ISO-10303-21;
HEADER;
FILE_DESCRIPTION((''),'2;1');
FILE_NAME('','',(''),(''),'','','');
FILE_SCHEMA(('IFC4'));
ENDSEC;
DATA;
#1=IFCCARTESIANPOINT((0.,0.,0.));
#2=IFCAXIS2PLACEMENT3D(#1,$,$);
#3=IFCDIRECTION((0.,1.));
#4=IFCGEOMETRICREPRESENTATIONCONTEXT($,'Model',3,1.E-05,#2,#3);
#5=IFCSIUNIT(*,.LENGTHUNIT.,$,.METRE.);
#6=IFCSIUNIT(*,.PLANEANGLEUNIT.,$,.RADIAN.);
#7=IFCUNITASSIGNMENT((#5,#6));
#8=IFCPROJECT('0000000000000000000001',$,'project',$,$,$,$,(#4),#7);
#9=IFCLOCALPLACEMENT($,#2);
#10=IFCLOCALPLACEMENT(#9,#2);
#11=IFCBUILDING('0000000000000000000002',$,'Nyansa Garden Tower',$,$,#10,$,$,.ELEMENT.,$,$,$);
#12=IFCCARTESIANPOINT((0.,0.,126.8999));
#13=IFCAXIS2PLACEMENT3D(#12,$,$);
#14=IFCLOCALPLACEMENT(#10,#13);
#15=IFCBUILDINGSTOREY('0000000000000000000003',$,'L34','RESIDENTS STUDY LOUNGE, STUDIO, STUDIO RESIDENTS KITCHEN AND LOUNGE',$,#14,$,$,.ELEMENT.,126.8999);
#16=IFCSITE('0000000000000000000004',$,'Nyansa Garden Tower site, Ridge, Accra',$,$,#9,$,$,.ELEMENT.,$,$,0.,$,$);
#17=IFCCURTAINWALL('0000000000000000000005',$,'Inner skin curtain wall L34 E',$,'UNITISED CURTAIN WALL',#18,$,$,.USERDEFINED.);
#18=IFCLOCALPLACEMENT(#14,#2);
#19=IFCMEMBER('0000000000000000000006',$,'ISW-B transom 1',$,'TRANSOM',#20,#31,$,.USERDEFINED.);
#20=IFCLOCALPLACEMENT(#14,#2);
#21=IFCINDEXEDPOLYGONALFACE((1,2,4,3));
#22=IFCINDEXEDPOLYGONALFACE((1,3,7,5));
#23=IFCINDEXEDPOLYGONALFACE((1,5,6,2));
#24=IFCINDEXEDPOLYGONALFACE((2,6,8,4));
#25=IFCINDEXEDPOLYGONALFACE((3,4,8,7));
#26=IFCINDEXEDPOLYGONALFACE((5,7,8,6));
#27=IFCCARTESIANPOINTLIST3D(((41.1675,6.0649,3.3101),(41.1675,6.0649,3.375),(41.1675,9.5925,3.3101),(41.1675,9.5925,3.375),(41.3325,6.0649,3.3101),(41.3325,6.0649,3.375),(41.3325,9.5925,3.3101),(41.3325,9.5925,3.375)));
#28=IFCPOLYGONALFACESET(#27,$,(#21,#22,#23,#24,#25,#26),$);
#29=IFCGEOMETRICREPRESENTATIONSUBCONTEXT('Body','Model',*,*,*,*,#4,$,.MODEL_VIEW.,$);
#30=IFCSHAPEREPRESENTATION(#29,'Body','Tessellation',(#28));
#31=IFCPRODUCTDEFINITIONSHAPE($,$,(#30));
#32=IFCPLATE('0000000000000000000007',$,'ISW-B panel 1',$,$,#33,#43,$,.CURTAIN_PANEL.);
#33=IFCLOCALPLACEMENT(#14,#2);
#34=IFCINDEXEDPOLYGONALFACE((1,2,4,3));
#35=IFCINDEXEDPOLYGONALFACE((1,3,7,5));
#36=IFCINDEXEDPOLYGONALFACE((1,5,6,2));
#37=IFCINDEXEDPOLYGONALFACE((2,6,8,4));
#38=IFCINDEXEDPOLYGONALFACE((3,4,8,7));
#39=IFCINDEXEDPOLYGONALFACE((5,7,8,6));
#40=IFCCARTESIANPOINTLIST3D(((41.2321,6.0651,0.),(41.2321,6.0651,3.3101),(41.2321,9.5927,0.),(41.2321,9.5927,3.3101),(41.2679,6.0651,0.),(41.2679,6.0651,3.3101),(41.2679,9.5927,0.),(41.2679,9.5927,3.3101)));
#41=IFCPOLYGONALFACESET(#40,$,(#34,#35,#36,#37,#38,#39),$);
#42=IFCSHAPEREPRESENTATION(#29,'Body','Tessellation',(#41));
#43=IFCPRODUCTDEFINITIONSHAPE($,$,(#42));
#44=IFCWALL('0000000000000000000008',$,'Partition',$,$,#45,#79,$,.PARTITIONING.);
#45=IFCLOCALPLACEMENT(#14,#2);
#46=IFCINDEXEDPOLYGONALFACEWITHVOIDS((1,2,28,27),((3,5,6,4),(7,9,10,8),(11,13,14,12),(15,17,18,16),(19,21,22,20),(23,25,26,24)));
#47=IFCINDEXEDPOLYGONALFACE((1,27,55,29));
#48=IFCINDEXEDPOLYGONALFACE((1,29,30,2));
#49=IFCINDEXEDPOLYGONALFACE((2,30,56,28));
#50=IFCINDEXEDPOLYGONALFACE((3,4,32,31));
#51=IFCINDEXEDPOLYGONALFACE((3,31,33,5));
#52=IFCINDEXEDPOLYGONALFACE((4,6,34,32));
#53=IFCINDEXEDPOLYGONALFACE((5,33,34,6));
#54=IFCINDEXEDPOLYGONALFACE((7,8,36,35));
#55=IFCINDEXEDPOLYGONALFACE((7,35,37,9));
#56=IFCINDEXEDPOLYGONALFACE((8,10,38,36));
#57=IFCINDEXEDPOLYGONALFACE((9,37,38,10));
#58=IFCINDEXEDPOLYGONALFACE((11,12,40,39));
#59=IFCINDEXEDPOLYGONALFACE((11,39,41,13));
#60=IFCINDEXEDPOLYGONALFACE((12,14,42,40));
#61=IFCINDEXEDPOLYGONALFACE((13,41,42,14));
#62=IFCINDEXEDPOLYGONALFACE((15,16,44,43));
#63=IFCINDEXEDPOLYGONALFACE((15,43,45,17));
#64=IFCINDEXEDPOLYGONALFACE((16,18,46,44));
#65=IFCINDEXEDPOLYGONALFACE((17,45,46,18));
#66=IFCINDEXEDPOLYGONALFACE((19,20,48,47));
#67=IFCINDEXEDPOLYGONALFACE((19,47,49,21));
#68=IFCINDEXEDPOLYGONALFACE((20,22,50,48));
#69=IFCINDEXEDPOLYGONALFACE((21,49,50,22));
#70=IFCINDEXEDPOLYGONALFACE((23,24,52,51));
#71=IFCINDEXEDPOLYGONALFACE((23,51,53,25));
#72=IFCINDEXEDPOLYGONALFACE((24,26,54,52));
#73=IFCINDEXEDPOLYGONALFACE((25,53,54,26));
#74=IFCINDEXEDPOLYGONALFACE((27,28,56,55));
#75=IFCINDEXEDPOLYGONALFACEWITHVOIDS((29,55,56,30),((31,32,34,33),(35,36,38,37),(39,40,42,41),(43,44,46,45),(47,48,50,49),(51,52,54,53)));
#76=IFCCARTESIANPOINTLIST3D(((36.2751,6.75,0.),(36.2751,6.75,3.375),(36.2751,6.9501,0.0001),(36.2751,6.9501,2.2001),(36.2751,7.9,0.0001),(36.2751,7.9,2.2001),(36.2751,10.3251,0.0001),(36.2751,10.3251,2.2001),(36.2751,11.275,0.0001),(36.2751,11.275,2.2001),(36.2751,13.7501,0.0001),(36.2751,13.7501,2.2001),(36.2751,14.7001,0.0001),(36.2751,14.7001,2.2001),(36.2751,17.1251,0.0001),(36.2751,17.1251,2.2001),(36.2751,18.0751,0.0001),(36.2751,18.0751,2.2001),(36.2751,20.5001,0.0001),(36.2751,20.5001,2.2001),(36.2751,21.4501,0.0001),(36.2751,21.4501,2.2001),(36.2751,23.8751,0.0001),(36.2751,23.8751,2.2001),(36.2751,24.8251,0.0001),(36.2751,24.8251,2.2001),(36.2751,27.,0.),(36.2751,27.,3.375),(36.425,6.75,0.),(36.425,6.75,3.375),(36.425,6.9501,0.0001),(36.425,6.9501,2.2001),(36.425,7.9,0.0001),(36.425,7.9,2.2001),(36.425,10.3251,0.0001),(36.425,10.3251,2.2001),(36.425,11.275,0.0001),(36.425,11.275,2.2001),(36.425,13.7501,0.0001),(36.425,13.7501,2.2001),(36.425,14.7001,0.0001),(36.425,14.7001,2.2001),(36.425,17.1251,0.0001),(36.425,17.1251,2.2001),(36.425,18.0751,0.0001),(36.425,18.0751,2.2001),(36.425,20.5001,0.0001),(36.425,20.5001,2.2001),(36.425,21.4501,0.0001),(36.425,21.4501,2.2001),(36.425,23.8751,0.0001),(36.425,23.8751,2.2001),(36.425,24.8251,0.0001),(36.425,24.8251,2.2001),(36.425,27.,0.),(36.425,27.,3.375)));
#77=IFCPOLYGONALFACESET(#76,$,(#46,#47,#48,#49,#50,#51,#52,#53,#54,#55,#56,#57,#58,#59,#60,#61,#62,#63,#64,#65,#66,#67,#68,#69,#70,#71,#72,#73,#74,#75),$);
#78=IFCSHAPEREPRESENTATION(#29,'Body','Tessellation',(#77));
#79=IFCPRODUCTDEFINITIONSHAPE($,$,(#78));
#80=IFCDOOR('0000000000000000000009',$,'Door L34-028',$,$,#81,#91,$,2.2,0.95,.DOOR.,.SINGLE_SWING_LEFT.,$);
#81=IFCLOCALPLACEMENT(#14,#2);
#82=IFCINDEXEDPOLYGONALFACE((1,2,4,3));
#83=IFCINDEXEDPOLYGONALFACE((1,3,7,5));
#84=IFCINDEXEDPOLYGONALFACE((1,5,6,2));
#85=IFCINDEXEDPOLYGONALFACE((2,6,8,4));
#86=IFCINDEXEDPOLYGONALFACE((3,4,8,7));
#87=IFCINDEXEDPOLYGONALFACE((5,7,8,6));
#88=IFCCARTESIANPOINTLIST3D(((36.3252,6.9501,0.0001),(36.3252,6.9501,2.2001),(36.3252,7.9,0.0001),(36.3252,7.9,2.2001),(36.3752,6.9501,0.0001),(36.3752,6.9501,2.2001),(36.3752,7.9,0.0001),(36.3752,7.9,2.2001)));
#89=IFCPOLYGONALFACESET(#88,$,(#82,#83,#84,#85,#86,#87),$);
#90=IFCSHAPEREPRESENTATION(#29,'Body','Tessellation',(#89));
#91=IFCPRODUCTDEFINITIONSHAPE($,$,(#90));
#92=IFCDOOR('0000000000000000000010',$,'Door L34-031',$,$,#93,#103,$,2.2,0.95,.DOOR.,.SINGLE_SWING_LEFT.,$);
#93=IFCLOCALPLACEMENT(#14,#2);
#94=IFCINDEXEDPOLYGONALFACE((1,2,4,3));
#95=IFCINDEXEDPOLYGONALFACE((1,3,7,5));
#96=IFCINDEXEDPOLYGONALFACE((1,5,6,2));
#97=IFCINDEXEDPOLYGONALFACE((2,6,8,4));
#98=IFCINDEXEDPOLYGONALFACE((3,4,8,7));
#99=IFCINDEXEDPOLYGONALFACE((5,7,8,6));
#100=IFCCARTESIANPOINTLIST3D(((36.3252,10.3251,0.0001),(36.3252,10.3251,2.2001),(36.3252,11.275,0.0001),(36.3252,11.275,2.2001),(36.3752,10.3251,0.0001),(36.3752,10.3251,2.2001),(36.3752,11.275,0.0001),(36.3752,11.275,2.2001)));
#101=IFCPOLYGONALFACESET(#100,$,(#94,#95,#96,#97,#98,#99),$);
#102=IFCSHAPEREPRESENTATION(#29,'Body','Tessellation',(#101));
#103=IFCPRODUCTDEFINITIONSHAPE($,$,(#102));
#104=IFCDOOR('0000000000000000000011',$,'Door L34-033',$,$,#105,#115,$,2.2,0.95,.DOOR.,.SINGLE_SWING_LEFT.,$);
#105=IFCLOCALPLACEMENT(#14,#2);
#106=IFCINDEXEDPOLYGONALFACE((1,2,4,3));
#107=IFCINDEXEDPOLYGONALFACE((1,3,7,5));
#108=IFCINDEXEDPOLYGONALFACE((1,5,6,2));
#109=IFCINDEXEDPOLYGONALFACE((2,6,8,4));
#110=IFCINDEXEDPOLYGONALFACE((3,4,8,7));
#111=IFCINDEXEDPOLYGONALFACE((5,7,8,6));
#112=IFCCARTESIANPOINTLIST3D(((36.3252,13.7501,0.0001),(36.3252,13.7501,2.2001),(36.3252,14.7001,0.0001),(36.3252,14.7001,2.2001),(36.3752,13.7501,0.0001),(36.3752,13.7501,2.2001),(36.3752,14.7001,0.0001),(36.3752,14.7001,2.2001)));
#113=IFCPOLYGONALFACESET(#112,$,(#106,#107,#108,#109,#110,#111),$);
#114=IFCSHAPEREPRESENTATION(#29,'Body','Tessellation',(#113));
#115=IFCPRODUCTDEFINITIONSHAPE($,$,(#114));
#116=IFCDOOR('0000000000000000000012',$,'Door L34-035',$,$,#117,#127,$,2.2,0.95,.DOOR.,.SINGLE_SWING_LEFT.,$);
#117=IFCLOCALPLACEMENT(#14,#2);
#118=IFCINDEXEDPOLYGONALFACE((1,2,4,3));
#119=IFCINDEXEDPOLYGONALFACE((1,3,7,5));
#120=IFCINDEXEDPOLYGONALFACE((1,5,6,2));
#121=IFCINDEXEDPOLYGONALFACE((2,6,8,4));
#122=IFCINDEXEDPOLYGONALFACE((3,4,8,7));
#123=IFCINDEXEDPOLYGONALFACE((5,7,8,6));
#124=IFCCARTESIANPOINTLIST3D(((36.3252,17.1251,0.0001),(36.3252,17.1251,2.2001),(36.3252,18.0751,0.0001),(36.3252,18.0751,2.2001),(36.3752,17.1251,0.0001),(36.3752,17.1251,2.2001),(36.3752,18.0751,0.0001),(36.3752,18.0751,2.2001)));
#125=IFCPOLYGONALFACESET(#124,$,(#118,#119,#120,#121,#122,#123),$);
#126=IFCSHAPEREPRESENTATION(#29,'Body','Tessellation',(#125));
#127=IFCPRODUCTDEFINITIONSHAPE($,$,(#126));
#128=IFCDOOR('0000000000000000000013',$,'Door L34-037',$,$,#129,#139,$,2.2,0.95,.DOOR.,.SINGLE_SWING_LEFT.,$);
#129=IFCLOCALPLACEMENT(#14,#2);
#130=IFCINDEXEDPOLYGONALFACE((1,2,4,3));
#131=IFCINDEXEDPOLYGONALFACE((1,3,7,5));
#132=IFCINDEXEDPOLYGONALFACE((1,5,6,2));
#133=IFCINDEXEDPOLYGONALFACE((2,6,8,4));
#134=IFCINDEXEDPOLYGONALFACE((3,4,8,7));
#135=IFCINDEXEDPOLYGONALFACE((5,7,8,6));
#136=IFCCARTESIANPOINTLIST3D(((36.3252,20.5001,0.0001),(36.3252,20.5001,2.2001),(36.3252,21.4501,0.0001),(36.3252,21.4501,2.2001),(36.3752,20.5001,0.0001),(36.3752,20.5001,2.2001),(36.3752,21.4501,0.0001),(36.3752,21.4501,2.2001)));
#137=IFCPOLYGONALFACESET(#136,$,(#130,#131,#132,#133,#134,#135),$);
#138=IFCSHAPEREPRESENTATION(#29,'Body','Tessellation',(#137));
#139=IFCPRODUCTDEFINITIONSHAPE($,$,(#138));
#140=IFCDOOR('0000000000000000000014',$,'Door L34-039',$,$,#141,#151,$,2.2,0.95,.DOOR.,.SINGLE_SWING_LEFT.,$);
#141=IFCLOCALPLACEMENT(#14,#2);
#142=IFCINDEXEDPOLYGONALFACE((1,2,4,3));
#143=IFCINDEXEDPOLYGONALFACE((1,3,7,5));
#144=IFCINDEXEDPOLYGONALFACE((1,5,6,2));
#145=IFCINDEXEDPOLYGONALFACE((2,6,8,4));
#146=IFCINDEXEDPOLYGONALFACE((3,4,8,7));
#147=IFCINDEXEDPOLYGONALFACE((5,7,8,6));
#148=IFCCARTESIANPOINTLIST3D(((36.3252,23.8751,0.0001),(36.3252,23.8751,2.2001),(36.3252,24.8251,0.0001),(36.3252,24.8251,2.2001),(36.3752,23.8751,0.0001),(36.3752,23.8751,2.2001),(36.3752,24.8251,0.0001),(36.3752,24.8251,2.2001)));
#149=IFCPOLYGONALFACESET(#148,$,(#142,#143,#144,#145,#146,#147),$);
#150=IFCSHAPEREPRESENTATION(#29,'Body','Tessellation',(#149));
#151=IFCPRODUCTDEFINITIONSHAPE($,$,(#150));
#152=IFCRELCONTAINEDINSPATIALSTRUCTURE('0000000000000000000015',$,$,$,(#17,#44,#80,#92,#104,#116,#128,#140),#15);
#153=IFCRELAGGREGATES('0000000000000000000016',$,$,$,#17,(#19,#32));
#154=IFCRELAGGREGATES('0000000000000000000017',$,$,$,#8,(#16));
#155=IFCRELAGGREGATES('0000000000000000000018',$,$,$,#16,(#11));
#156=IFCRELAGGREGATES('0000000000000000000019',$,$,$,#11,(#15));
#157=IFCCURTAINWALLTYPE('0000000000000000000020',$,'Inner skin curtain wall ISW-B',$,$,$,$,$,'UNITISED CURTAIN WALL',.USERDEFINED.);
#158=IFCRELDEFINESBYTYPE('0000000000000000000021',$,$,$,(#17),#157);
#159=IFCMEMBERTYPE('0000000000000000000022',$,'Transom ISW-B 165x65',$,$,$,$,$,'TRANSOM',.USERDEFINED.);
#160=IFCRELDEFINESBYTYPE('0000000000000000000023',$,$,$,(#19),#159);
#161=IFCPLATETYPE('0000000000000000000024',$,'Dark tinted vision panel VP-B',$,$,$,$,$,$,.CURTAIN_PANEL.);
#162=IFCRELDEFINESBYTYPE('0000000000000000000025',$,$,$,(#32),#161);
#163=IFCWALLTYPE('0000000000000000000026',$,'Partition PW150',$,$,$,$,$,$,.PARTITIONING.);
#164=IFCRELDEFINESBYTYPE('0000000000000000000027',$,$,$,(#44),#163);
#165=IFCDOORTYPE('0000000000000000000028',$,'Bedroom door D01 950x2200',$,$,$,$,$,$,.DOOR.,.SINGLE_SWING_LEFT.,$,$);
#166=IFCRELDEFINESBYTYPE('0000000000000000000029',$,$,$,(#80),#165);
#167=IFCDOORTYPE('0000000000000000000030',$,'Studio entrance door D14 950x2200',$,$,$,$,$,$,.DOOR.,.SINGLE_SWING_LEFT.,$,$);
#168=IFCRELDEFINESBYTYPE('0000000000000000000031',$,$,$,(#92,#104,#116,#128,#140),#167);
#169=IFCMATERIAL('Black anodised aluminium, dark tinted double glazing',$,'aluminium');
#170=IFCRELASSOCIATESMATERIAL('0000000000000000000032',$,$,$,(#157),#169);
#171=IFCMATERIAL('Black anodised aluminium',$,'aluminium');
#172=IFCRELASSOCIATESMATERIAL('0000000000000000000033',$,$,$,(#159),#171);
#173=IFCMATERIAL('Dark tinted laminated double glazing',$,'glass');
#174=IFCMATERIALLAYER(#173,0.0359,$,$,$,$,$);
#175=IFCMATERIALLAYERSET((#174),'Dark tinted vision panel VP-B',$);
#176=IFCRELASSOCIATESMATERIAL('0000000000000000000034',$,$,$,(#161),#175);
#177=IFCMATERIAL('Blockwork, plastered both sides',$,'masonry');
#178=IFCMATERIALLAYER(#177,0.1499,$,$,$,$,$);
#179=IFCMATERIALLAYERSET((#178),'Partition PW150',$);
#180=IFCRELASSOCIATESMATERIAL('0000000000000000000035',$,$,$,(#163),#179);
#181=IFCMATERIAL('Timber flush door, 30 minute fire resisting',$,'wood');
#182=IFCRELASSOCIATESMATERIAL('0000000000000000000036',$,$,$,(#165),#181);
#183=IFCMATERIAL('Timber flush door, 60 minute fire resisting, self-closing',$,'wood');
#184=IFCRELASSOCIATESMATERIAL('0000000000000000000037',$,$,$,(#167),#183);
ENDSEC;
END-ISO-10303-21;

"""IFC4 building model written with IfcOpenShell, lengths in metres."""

from ifc_helpers import new_model, si_unit, direction, frame, frame_2d, origin, origin_2d, place, context, subcontext, project, spatial, rectangle, extrude, material, layer, layer_set, material_profile, profile_set, type_object, element, fill, aggregate, save


model = new_model("IFC4")

# Units and contexts
model_context = context("Model", 3, precision=1e-05, world=origin(), true_north=direction((0.0, 1.0)))
body_context = subcontext(model_context, "Body", "Model", "MODEL_VIEW")
ifc_project = project(units=[si_unit("LENGTHUNIT", "METRE"), si_unit("PLANEANGLEUNIT", "RADIAN")], contexts=[model_context])

# Site, building, storey
site_placement = place(None, origin())
site = spatial("IfcSite", under=ifc_project, at=site_placement, Name="Nyansa Garden Tower site, Ridge, Accra", CompositionType="ELEMENT", RefElevation=0.0)
building_placement = place(site_placement, origin())
building = spatial("IfcBuilding", under=site, at=building_placement, Name="Nyansa Garden Tower", CompositionType="ELEMENT")
storey_placement = place(building_placement, frame((0.0, 0.0, 126.8999)))
storey = spatial("IfcBuildingStorey", under=building, at=storey_placement, Name="L34", Description="RESIDENTS STUDY LOUNGE, STUDIO, STUDIO RESIDENTS KITCHEN AND LOUNGE", CompositionType="ELEMENT", Elevation=126.8999)

# Curtain wall
ifc_material_1 = material(Name="Black anodised aluminium, dark tinted double glazing", Category="aluminium")
curtain_wall_type = type_object("IfcCurtainWallType", Name="Inner skin curtain wall ISW-B", ElementType="UNITISED CURTAIN WALL", PredefinedType="USERDEFINED", material=ifc_material_1)
curtain_wall_placement = place(storey_placement, origin())
curtain_wall = element("IfcCurtainWall", 1, at=curtain_wall_placement, inside=storey, type_object=curtain_wall_type, Name="Inner skin curtain wall L34 E", ObjectType="UNITISED CURTAIN WALL", PredefinedType="USERDEFINED")

# Member
ifc_material_2 = material(Name="Black anodised aluminium", Category="aluminium")
ifc_material_profile_1 = material_profile(ifc_material_2, rectangle(XDim=0.165, YDim=0.0649, at=origin_2d()), Name="Transom 165x65")
ifc_profile_set_1 = profile_set([ifc_material_profile_1], Name="Black anodised aluminium")
member_type_1 = type_object("IfcMemberType", Name="Transom ISW-B 165x65", ElementType="TRANSOM", PredefinedType="USERDEFINED", material=ifc_profile_set_1)
member_1_placement = place(storey_placement, frame((41.25, 6.0649, 3.3425), z_axis=(0.0, 1.0, 0.0), x_axis=(-1.0, 0.0, 0.0)))
member_1 = element("IfcMember", 2, at=member_1_placement, type_object=member_type_1, Name="ISW-B transom 1", ObjectType="TRANSOM", PredefinedType="USERDEFINED", context=body_context, shape_type="SweptSolid", body=[
    extrude(rectangle(XDim=0.165, YDim=0.0649, at=origin_2d()), origin(), (0.0, 0.0, 1.0), 3.5276),
])

# Plate
ifc_material_3 = material(Name="Dark tinted laminated double glazing", Category="glass")
ifc_layer_1 = layer(ifc_material_3, 0.0359)
ifc_layer_set_1 = layer_set([ifc_layer_1], Name="Dark tinted vision panel VP-B")
plate_type = type_object("IfcPlateType", Name="Dark tinted vision panel VP-B", PredefinedType="CURTAIN_PANEL", material=ifc_layer_set_1)
plate_placement = place(storey_placement, frame((41.25, 7.8289, 0.0), z_axis=(0.0, 0.0, 1.0), x_axis=(0.0, 1.0, 0.0)))
plate = element("IfcPlate", 3, at=plate_placement, type_object=plate_type, Name="ISW-B panel 1", PredefinedType="CURTAIN_PANEL", context=body_context, shape_type="SweptSolid", body=[
    extrude(rectangle(XDim=3.5276, YDim=0.0359, at=origin_2d()), origin(), (0.0, 0.0, 1.0), 3.3101),
])
aggregate(curtain_wall, [member_1, plate])

# Wall, openings, doors
ifc_material_4 = material(Name="Blockwork, plastered both sides", Category="masonry")
ifc_layer_2 = layer(ifc_material_4, 0.1499)
ifc_layer_set_2 = layer_set([ifc_layer_2], Name="Partition PW150")
wall_type_1 = type_object("IfcWallType", Name="Partition PW150", PredefinedType="PARTITIONING", material=ifc_layer_set_2)
wall_1_placement = place(storey_placement, frame((36.3501, 6.75, 0.0), z_axis=(0.0, 0.0, 1.0), x_axis=(0.0, 1.0, 0.0)))
wall_1 = element("IfcWall", 4, at=wall_1_placement, inside=storey, type_object=wall_type_1, Name="Partition", PredefinedType="PARTITIONING", context=body_context, shape_type="SweptSolid", body=[
    extrude(rectangle(XDim=20.25, YDim=0.1499, at=frame_2d((10.125, 0.0))), origin(), (0.0, 0.0, 1.0), 3.375),
])
opening_1_placement = place(wall_1_placement, frame((0.2, 0.0, 0.0)))
opening_1 = element("IfcOpeningElement", 5, at=opening_1_placement, cuts=wall_1, PredefinedType="OPENING", context=body_context, shape_type="SweptSolid", body=[
    extrude(rectangle(XDim=0.95, YDim=2.2, at=frame_2d((0.4751, 1.1001))), frame((0.0, 0.085, 0.0), z_axis=(0.0, -1.0, 0.0), x_axis=(1.0, 0.0, 0.0)), (0.0, 0.0, 1.0), 0.1699),
])
opening_2_placement = place(wall_1_placement, frame((3.575, 0.0, 0.0)))
opening_2 = element("IfcOpeningElement", 6, at=opening_2_placement, cuts=wall_1, PredefinedType="OPENING", context=body_context, shape_type="SweptSolid", body=[
    extrude(rectangle(XDim=0.95, YDim=2.2, at=frame_2d((0.4751, 1.1001))), frame((0.0, 0.085, 0.0), z_axis=(0.0, -1.0, 0.0), x_axis=(1.0, 0.0, 0.0)), (0.0, 0.0, 1.0), 0.1699),
])
opening_3_placement = place(wall_1_placement, frame((7.0, 0.0, 0.0)))
opening_3 = element("IfcOpeningElement", 7, at=opening_3_placement, cuts=wall_1, PredefinedType="OPENING", context=body_context, shape_type="SweptSolid", body=[
    extrude(rectangle(XDim=0.95, YDim=2.2, at=frame_2d((0.4751, 1.1001))), frame((0.0, 0.085, 0.0), z_axis=(0.0, -1.0, 0.0), x_axis=(1.0, 0.0, 0.0)), (0.0, 0.0, 1.0), 0.1699),
])
opening_4_placement = place(wall_1_placement, frame((10.375, 0.0, 0.0)))
opening_4 = element("IfcOpeningElement", 8, at=opening_4_placement, cuts=wall_1, PredefinedType="OPENING", context=body_context, shape_type="SweptSolid", body=[
    extrude(rectangle(XDim=0.95, YDim=2.2, at=frame_2d((0.4751, 1.1001))), frame((0.0, 0.085, 0.0), z_axis=(0.0, -1.0, 0.0), x_axis=(1.0, 0.0, 0.0)), (0.0, 0.0, 1.0), 0.1699),
])
opening_5_placement = place(wall_1_placement, frame((13.75, 0.0, 0.0)))
opening_5 = element("IfcOpeningElement", 9, at=opening_5_placement, cuts=wall_1, PredefinedType="OPENING", context=body_context, shape_type="SweptSolid", body=[
    extrude(rectangle(XDim=0.95, YDim=2.2, at=frame_2d((0.4751, 1.1001))), frame((0.0, 0.085, 0.0), z_axis=(0.0, -1.0, 0.0), x_axis=(1.0, 0.0, 0.0)), (0.0, 0.0, 1.0), 0.1699),
])
opening_6_placement = place(wall_1_placement, frame((17.125, 0.0, 0.0)))
opening_6 = element("IfcOpeningElement", 10, at=opening_6_placement, cuts=wall_1, PredefinedType="OPENING", context=body_context, shape_type="SweptSolid", body=[
    extrude(rectangle(XDim=0.95, YDim=2.2, at=frame_2d((0.4751, 1.1001))), frame((0.0, 0.085, 0.0), z_axis=(0.0, -1.0, 0.0), x_axis=(1.0, 0.0, 0.0)), (0.0, 0.0, 1.0), 0.1699),
])
ifc_material_5 = material(Name="Timber flush door, 30 minute fire resisting", Category="wood")
door_type_1 = type_object("IfcDoorType", Name="Bedroom door D01 950x2200", OperationType="SINGLE_SWING_LEFT", PredefinedType="DOOR", material=ifc_material_5)
door_1_placement = place(opening_1_placement, origin())
door_1 = element("IfcDoor", 11, at=door_1_placement, inside=storey, type_object=door_type_1, Name="Door L34-028", OperationType="SINGLE_SWING_LEFT", OverallHeight=2.2, OverallWidth=0.95, PredefinedType="DOOR", context=body_context, shape_type="SweptSolid", body=[
    extrude(rectangle(XDim=0.95, YDim=2.2, at=frame_2d((0.4751, 1.1001))), frame((0.0, 0.0249, 0.0), z_axis=(0.0, -1.0, 0.0), x_axis=(1.0, 0.0, 0.0)), (0.0, 0.0, 1.0), 0.05),
])
fill(opening_1, door_1)
ifc_material_6 = material(Name="Timber flush door, 60 minute fire resisting, self-closing", Category="wood")
door_type_2 = type_object("IfcDoorType", Name="Studio entrance door D14 950x2200", OperationType="SINGLE_SWING_LEFT", PredefinedType="DOOR", material=ifc_material_6)
door_2_placement = place(opening_2_placement, origin())
door_2 = element("IfcDoor", 12, at=door_2_placement, inside=storey, type_object=door_type_2, Name="Door L34-031", OperationType="SINGLE_SWING_LEFT", OverallHeight=2.2, OverallWidth=0.95, PredefinedType="DOOR", context=body_context, shape_type="SweptSolid", body=[
    extrude(rectangle(XDim=0.95, YDim=2.2, at=frame_2d((0.4751, 1.1001))), frame((0.0, 0.0249, 0.0), z_axis=(0.0, -1.0, 0.0), x_axis=(1.0, 0.0, 0.0)), (0.0, 0.0, 1.0), 0.05),
])
fill(opening_2, door_2)
door_3_placement = place(opening_3_placement, origin())
door_3 = element("IfcDoor", 13, at=door_3_placement, inside=storey, type_object=door_type_2, Name="Door L34-033", OperationType="SINGLE_SWING_LEFT", OverallHeight=2.2, OverallWidth=0.95, PredefinedType="DOOR", context=body_context, shape_type="SweptSolid", body=[
    extrude(rectangle(XDim=0.95, YDim=2.2, at=frame_2d((0.4751, 1.1001))), frame((0.0, 0.0249, 0.0), z_axis=(0.0, -1.0, 0.0), x_axis=(1.0, 0.0, 0.0)), (0.0, 0.0, 1.0), 0.05),
])
fill(opening_3, door_3)
door_4_placement = place(opening_4_placement, origin())
door_4 = element("IfcDoor", 14, at=door_4_placement, inside=storey, type_object=door_type_2, Name="Door L34-035", OperationType="SINGLE_SWING_LEFT", OverallHeight=2.2, OverallWidth=0.95, PredefinedType="DOOR", context=body_context, shape_type="SweptSolid", body=[
    extrude(rectangle(XDim=0.95, YDim=2.2, at=frame_2d((0.4751, 1.1001))), frame((0.0, 0.0249, 0.0), z_axis=(0.0, -1.0, 0.0), x_axis=(1.0, 0.0, 0.0)), (0.0, 0.0, 1.0), 0.05),
])
fill(opening_4, door_4)
door_5_placement = place(opening_5_placement, origin())
door_5 = element("IfcDoor", 15, at=door_5_placement, inside=storey, type_object=door_type_2, Name="Door L34-037", OperationType="SINGLE_SWING_LEFT", OverallHeight=2.2, OverallWidth=0.95, PredefinedType="DOOR", context=body_context, shape_type="SweptSolid", body=[
    extrude(rectangle(XDim=0.95, YDim=2.2, at=frame_2d((0.4751, 1.1001))), frame((0.0, 0.0249, 0.0), z_axis=(0.0, -1.0, 0.0), x_axis=(1.0, 0.0, 0.0)), (0.0, 0.0, 1.0), 0.05),
])
fill(opening_5, door_5)
door_6_placement = place(opening_6_placement, origin())
door_6 = element("IfcDoor", 16, at=door_6_placement, inside=storey, type_object=door_type_2, Name="Door L34-039", OperationType="SINGLE_SWING_LEFT", OverallHeight=2.2, OverallWidth=0.95, PredefinedType="DOOR", context=body_context, shape_type="SweptSolid", body=[
    extrude(rectangle(XDim=0.95, YDim=2.2, at=frame_2d((0.4751, 1.1001))), frame((0.0, 0.0249, 0.0), z_axis=(0.0, -1.0, 0.0), x_axis=(1.0, 0.0, 0.0)), (0.0, 0.0, 1.0), 0.05),
])
fill(opening_6, door_6)

save(model, "model.ifc")
